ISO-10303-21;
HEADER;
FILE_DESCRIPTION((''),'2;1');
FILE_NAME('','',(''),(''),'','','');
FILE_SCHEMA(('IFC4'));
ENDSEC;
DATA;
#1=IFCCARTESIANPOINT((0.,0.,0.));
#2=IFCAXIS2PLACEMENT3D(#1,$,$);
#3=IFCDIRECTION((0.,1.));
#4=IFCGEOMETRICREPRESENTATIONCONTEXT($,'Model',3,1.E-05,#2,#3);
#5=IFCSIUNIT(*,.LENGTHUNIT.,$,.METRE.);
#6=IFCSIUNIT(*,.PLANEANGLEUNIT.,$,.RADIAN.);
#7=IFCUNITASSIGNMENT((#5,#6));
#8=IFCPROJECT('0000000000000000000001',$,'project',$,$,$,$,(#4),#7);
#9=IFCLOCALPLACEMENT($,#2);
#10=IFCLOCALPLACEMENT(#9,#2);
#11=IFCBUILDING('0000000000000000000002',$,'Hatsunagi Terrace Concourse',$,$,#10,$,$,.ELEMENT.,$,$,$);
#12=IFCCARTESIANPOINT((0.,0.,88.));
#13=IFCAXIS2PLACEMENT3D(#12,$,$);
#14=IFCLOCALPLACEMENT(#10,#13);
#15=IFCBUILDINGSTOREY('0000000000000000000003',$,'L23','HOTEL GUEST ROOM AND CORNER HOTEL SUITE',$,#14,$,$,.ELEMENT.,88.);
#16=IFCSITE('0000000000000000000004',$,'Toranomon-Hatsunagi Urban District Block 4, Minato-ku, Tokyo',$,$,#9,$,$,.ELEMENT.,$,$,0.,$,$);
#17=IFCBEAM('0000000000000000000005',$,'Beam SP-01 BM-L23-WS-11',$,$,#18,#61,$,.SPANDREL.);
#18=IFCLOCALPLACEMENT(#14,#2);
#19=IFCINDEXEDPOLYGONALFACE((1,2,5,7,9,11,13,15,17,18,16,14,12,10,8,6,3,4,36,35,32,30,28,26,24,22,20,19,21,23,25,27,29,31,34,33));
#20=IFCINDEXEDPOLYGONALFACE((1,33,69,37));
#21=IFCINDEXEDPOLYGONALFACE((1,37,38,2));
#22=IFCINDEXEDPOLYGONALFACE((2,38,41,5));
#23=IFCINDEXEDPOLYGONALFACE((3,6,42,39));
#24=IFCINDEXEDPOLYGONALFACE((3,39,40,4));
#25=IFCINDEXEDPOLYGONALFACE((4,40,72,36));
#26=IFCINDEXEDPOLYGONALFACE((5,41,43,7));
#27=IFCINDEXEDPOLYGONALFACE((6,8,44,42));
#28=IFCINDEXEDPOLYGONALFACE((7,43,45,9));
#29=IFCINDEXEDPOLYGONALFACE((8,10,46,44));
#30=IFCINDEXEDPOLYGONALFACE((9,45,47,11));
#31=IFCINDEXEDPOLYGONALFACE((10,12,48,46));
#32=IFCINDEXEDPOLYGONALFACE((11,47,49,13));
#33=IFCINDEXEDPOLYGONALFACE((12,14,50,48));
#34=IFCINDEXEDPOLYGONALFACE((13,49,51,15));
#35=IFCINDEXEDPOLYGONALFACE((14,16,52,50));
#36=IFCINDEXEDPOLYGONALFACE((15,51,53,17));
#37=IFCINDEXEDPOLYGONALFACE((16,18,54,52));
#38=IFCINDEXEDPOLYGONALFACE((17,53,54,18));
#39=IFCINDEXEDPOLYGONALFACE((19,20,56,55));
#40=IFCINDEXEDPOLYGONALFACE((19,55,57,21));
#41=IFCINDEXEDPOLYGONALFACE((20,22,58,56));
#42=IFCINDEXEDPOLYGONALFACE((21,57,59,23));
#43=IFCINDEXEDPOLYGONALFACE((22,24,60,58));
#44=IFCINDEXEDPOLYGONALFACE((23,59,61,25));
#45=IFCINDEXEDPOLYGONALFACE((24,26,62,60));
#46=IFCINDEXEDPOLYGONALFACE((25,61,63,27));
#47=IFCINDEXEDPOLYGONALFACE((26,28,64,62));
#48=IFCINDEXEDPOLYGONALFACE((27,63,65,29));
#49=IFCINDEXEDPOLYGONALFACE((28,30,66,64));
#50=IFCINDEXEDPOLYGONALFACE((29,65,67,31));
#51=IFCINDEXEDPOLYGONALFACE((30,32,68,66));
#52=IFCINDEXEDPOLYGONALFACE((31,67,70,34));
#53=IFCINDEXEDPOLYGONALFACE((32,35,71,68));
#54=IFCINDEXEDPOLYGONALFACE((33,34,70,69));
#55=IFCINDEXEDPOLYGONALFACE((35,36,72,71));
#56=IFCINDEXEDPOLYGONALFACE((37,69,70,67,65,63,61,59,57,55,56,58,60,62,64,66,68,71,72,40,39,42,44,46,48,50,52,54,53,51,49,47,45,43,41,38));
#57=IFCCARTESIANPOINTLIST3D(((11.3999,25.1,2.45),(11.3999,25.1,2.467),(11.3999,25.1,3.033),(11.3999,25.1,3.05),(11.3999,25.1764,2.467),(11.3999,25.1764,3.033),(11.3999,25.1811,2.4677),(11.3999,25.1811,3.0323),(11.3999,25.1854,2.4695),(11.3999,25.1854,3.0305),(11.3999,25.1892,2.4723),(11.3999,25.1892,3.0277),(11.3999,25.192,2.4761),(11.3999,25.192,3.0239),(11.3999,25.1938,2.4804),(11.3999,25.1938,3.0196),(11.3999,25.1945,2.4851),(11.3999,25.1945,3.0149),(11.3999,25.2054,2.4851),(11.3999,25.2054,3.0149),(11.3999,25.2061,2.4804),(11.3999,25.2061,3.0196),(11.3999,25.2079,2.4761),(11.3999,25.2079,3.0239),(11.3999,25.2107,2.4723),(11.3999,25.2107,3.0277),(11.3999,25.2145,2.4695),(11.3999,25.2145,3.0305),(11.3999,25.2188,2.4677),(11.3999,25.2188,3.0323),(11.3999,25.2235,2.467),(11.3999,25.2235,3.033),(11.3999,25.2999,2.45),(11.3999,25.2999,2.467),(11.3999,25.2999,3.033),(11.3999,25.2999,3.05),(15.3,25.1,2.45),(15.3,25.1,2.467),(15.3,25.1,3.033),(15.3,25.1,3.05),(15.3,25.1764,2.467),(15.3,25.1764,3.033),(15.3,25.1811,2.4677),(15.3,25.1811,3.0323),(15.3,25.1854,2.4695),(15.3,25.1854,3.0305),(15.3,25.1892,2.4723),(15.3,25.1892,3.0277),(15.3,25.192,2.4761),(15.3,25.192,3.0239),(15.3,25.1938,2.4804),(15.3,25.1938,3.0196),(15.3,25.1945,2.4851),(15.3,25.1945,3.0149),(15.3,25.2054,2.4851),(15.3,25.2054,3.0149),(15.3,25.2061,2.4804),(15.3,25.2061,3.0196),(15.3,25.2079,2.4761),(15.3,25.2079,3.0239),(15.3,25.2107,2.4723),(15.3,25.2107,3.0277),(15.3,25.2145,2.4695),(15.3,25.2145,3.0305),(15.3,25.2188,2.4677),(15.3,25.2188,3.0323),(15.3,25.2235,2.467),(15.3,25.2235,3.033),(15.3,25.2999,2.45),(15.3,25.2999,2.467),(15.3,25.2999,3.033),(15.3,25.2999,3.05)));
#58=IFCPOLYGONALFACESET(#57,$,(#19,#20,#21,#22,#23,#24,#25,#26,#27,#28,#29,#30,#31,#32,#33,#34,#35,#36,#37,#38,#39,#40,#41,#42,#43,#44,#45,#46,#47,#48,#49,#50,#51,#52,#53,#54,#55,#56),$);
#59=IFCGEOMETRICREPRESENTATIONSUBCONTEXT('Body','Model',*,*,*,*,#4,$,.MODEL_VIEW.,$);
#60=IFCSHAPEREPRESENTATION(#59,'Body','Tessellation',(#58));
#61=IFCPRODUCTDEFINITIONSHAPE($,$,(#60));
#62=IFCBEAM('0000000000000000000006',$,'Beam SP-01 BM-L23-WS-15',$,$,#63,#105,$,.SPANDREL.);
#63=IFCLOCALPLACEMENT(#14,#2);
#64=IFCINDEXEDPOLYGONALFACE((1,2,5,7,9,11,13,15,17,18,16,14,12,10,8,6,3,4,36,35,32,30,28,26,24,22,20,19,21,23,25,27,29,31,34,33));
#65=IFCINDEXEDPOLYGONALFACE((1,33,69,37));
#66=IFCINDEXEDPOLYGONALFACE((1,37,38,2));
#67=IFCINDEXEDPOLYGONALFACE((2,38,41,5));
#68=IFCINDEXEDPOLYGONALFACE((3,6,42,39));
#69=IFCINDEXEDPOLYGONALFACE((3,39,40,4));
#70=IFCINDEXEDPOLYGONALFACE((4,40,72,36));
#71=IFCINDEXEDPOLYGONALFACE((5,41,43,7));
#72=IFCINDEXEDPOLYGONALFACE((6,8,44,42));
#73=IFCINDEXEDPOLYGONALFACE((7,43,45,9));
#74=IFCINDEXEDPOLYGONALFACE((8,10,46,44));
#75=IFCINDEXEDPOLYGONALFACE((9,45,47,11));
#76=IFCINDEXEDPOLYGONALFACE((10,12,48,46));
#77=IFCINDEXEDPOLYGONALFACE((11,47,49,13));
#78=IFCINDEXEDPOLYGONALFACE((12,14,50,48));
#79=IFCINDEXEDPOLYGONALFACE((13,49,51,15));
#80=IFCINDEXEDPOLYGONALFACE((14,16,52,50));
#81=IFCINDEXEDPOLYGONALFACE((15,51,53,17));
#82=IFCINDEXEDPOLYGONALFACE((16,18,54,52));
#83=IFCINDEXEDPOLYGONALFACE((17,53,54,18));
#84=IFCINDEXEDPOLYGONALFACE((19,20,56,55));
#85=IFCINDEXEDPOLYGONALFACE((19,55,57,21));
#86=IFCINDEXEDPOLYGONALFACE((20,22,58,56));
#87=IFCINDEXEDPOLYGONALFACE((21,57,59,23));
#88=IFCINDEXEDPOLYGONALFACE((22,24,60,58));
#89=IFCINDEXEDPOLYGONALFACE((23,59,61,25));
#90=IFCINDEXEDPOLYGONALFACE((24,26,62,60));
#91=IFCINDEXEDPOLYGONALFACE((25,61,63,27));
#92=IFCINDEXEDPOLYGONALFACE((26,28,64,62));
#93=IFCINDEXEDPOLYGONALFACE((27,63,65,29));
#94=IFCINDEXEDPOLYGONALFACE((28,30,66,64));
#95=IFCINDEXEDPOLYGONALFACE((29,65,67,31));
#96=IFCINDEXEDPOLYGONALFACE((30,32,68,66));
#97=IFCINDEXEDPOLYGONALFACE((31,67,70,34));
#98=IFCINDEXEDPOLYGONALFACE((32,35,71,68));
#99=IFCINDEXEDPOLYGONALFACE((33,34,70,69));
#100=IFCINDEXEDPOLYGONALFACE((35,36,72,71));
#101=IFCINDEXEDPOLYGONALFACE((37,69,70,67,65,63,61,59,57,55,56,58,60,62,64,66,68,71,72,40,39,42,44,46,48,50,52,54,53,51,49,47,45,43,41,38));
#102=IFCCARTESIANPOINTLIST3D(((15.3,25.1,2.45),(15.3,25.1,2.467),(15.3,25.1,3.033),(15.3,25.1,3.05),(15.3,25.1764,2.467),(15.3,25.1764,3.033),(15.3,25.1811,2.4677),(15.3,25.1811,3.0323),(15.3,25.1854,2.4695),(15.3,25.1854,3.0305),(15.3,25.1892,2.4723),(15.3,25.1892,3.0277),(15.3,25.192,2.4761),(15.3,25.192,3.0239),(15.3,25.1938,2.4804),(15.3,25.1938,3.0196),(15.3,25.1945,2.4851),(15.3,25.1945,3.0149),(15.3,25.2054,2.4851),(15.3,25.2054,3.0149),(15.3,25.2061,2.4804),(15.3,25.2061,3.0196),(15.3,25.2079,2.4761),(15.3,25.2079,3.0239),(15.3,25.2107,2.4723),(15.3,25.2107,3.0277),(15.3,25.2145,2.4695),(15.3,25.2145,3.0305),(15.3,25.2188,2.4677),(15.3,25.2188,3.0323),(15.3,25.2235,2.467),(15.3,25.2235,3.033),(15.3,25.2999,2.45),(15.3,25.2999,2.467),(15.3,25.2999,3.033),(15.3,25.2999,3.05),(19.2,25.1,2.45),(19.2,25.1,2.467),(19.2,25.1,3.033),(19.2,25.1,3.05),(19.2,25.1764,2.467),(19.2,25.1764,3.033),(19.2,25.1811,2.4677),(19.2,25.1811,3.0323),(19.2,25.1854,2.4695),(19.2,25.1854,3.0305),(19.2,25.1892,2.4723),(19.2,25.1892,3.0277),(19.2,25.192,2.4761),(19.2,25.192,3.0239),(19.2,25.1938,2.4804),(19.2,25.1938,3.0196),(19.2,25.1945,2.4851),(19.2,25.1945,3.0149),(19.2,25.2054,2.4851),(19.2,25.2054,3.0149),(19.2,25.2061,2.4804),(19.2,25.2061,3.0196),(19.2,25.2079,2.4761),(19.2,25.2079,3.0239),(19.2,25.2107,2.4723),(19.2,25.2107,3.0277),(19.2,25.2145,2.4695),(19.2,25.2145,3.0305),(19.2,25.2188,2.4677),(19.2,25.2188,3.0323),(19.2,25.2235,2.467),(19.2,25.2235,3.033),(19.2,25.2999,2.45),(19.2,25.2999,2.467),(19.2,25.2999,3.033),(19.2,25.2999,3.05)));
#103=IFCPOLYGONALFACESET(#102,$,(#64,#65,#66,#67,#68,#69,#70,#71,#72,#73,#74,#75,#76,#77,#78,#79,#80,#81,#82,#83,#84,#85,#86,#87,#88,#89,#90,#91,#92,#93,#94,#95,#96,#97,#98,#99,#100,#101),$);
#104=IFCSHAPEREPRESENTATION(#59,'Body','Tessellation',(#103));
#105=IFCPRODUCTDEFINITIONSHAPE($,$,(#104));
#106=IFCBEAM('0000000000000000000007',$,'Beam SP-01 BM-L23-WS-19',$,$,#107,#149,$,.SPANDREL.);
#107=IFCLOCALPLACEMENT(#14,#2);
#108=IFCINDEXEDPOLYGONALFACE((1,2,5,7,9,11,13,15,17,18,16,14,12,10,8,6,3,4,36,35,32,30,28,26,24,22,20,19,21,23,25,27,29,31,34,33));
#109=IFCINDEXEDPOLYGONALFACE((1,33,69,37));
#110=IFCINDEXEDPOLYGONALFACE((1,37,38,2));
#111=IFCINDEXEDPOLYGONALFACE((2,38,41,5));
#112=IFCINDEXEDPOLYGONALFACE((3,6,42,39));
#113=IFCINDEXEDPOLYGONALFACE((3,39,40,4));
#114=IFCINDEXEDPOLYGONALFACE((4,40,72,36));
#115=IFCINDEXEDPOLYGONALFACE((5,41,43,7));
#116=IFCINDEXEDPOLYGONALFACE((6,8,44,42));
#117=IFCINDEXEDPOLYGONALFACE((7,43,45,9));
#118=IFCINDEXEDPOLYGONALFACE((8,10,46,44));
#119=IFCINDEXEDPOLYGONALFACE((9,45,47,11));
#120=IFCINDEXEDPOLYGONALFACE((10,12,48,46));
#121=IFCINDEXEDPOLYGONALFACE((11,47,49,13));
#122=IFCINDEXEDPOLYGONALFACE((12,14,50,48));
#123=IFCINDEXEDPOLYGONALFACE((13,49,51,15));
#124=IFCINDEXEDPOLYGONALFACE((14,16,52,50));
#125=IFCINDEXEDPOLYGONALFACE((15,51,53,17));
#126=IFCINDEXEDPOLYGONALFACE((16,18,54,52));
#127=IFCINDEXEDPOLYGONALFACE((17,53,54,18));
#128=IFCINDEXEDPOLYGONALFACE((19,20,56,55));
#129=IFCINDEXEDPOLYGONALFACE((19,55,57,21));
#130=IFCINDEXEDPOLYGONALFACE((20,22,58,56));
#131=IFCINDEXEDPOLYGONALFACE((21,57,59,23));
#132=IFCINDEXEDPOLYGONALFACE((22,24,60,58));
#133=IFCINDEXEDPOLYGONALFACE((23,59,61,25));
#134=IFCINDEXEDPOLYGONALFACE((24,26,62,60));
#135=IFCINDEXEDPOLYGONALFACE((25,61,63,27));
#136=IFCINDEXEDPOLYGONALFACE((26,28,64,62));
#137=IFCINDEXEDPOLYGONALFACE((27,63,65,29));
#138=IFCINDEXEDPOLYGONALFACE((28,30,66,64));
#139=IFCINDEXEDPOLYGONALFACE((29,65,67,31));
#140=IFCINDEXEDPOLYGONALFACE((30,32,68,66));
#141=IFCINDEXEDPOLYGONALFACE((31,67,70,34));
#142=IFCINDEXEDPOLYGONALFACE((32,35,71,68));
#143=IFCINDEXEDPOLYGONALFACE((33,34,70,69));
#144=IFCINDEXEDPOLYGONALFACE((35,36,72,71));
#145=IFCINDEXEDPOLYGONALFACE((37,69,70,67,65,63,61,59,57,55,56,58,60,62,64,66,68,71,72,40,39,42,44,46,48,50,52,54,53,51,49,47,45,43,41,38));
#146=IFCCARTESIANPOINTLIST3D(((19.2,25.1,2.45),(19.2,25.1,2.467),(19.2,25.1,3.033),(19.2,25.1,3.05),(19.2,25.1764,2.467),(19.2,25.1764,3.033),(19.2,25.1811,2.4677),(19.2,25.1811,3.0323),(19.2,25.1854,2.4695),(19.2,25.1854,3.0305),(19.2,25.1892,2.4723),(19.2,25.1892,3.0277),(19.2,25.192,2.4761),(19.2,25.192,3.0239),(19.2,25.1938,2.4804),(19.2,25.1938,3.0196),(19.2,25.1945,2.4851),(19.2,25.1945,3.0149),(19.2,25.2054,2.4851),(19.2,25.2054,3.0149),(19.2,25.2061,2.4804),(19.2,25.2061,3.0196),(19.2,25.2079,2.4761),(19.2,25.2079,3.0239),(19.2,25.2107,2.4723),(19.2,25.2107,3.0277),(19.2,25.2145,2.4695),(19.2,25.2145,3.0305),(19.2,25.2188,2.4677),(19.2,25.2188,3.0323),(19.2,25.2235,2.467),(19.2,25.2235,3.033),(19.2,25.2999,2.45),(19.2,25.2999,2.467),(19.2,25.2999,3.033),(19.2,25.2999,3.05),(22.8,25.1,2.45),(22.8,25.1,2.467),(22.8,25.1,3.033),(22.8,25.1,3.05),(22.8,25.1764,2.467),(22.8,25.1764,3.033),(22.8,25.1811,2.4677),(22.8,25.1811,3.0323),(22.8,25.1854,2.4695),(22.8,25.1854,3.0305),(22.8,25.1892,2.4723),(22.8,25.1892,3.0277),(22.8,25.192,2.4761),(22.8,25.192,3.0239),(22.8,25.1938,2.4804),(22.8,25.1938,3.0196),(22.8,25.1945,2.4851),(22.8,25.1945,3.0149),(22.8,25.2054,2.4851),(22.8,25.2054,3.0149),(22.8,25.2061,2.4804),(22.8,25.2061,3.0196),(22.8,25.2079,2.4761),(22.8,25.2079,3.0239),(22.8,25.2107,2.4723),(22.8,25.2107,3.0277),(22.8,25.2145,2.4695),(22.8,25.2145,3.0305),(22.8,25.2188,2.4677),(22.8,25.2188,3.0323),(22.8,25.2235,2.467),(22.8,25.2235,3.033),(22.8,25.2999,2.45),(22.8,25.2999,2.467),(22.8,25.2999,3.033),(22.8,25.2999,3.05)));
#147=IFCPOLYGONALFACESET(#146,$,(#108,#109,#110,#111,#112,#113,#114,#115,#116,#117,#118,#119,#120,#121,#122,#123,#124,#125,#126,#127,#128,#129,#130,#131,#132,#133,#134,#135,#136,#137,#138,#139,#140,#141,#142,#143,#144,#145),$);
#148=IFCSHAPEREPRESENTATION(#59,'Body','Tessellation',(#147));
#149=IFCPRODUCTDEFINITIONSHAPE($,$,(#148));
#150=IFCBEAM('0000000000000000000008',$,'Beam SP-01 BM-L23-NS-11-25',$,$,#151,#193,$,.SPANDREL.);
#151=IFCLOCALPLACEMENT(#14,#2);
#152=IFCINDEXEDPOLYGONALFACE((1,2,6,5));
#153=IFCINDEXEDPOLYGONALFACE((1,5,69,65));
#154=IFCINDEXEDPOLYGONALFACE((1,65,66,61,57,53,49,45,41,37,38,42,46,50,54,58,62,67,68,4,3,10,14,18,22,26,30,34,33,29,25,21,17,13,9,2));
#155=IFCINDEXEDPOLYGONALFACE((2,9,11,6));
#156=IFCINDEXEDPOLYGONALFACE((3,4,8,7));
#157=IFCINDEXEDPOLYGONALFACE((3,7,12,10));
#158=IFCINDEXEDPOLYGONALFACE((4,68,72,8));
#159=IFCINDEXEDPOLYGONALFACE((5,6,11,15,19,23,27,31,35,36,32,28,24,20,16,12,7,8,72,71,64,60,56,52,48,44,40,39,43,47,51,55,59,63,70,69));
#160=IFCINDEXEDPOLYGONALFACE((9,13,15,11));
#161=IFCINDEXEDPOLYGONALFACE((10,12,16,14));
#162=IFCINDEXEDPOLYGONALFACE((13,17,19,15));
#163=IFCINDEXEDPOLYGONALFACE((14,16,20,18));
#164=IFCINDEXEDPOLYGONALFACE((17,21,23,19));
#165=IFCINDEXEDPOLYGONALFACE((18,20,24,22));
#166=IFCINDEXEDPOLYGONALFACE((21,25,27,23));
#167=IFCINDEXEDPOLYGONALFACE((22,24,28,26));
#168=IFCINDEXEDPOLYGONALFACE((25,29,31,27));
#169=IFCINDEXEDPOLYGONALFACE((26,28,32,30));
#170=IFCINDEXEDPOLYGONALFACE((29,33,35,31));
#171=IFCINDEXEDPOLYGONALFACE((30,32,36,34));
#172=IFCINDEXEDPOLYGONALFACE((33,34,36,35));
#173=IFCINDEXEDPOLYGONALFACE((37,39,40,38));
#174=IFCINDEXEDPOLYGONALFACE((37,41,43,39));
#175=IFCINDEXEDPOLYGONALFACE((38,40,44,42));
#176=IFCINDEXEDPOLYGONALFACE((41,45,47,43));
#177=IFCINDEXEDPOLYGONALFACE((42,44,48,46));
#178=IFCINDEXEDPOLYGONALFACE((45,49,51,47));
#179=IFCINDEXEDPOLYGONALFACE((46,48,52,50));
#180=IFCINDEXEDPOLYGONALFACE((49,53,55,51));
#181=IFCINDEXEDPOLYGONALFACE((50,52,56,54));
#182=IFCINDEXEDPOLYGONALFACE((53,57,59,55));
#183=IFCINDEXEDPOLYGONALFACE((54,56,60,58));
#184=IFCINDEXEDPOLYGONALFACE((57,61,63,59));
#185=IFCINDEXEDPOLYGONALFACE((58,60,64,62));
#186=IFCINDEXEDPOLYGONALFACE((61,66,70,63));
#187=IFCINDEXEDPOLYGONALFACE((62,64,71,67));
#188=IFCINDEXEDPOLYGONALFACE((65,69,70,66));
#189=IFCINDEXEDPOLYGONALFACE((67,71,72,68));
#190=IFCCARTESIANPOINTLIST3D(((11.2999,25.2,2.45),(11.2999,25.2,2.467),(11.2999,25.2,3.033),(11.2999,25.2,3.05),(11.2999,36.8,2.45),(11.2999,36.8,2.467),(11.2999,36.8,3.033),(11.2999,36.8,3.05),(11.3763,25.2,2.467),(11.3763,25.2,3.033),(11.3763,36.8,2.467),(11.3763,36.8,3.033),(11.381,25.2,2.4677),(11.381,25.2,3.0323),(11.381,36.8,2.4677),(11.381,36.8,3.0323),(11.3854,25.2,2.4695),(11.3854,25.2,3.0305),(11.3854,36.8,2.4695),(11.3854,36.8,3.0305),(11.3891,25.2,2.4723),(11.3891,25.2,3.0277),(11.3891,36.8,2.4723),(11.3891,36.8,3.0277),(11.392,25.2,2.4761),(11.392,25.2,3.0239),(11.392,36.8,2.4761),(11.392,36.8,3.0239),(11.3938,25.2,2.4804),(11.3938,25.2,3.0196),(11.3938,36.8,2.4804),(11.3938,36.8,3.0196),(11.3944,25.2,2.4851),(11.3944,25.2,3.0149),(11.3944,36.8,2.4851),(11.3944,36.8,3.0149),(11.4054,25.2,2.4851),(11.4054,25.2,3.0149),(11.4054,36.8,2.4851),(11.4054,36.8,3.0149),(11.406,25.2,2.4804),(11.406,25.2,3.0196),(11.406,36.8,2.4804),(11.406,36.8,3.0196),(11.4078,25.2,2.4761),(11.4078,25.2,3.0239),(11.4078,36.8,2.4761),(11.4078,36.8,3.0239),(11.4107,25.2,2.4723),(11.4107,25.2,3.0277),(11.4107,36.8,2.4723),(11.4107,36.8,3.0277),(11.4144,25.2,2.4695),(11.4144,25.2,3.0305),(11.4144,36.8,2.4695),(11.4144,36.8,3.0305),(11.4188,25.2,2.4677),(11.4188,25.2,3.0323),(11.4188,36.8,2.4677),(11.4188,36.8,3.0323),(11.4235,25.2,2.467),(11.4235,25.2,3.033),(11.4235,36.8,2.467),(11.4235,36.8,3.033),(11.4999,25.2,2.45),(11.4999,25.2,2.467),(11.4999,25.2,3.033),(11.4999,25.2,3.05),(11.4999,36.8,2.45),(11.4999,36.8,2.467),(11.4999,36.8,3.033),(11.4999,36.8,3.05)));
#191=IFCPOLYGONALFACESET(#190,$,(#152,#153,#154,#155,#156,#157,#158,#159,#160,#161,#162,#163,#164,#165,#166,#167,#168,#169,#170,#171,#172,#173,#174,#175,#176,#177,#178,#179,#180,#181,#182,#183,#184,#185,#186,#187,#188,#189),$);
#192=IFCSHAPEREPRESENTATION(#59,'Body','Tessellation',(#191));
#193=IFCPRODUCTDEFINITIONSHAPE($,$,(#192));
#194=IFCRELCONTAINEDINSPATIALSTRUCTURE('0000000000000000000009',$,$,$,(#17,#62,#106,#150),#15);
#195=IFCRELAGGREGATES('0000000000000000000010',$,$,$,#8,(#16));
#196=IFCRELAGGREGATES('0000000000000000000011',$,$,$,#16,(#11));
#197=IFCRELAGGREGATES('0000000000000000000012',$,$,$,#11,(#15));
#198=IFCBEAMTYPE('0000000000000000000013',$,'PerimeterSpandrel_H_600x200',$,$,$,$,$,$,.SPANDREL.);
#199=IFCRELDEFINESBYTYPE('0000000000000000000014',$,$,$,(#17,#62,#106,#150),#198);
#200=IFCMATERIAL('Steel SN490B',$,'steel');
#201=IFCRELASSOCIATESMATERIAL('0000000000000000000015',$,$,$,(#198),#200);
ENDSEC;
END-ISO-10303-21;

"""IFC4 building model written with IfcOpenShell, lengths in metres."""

from ifc_helpers import new_model, si_unit, direction, frame, origin, origin_2d, place, context, subcontext, project, spatial, i_section, extrude, material, material_profile, profile_set, type_object, element, save


model = new_model("IFC4")

# Units and contexts
model_context = context("Model", 3, precision=1e-05, world=origin(), true_north=direction((0.0, 1.0)))
body_context = subcontext(model_context, "Body", "Model", "MODEL_VIEW")
ifc_project = project(units=[si_unit("LENGTHUNIT", "METRE"), si_unit("PLANEANGLEUNIT", "RADIAN")], contexts=[model_context])

# Site, building, storey
site_placement = place(None, origin())
site = spatial("IfcSite", under=ifc_project, at=site_placement, Name="Toranomon-Hatsunagi Urban District Block 4, Minato-ku, Tokyo", CompositionType="ELEMENT", RefElevation=0.0)
building_placement = place(site_placement, origin())
building = spatial("IfcBuilding", under=site, at=building_placement, Name="Hatsunagi Terrace Concourse", CompositionType="ELEMENT")
storey_placement = place(building_placement, frame((0.0, 0.0, 88.0)))
storey = spatial("IfcBuildingStorey", under=building, at=storey_placement, Name="L23", Description="HOTEL GUEST ROOM AND CORNER HOTEL SUITE", CompositionType="ELEMENT", Elevation=88.0)

# Beams
ifc_material_1 = material(Name="Steel SN490B", Category="steel")
ifc_material_profile_1 = material_profile(ifc_material_1, i_section(OverallWidth=0.2, OverallDepth=0.6001, WebThickness=0.011, FlangeThickness=0.0171, FilletRadius=0.0181, at=origin_2d()), Name="H-600x200x11x17")
ifc_profile_set_1 = profile_set([ifc_material_profile_1], Name="Steel SN490B")
beam_type_1 = type_object("IfcBeamType", Name="PerimeterSpandrel_H_600x200", PredefinedType="SPANDREL", material=ifc_profile_set_1)
beam_1_placement = place(storey_placement, frame((11.3999, 25.2, 2.75), z_axis=(1.0, 0.0, 0.0), x_axis=(0.0, 1.0, 0.0)))
element("IfcBeam", 1, at=beam_1_placement, inside=storey, type_object=beam_type_1, Name="Beam SP-01 BM-L23-WS-11", PredefinedType="SPANDREL", context=body_context, shape_type="SweptSolid", body=[
    extrude(i_section(OverallWidth=0.2, OverallDepth=0.6001, WebThickness=0.011, FlangeThickness=0.0171, FilletRadius=0.0181, at=origin_2d()), origin(), (0.0, 0.0, 1.0), 3.9001),
])
beam_2_placement = place(storey_placement, frame((15.3, 25.2, 2.75), z_axis=(1.0, 0.0, 0.0), x_axis=(0.0, 1.0, 0.0)))
element("IfcBeam", 2, at=beam_2_placement, inside=storey, type_object=beam_type_1, Name="Beam SP-01 BM-L23-WS-15", PredefinedType="SPANDREL", context=body_context, shape_type="SweptSolid", body=[
    extrude(i_section(OverallWidth=0.2, OverallDepth=0.6001, WebThickness=0.011, FlangeThickness=0.0171, FilletRadius=0.0181, at=origin_2d()), origin(), (0.0, 0.0, 1.0), 3.8999),
])
beam_3_placement = place(storey_placement, frame((19.2, 25.2, 2.75), z_axis=(1.0, 0.0, 0.0), x_axis=(0.0, 1.0, 0.0)))
element("IfcBeam", 3, at=beam_3_placement, inside=storey, type_object=beam_type_1, Name="Beam SP-01 BM-L23-WS-19", PredefinedType="SPANDREL", context=body_context, shape_type="SweptSolid", body=[
    extrude(i_section(OverallWidth=0.2, OverallDepth=0.6001, WebThickness=0.011, FlangeThickness=0.0171, FilletRadius=0.0181, at=origin_2d()), origin(), (0.0, 0.0, 1.0), 3.6001),
])
beam_4_placement = place(storey_placement, frame((11.3999, 25.2, 2.75), z_axis=(0.0, 1.0, 0.0), x_axis=(-1.0, 0.0, 0.0)))
element("IfcBeam", 4, at=beam_4_placement, inside=storey, type_object=beam_type_1, Name="Beam SP-01 BM-L23-NS-11-25", PredefinedType="SPANDREL", context=body_context, shape_type="SweptSolid", body=[
    extrude(i_section(OverallWidth=0.2, OverallDepth=0.6001, WebThickness=0.011, FlangeThickness=0.0171, FilletRadius=0.0181, at=origin_2d()), origin(), (0.0, 0.0, 1.0), 11.6001),
])

save(model, "model.ifc")
